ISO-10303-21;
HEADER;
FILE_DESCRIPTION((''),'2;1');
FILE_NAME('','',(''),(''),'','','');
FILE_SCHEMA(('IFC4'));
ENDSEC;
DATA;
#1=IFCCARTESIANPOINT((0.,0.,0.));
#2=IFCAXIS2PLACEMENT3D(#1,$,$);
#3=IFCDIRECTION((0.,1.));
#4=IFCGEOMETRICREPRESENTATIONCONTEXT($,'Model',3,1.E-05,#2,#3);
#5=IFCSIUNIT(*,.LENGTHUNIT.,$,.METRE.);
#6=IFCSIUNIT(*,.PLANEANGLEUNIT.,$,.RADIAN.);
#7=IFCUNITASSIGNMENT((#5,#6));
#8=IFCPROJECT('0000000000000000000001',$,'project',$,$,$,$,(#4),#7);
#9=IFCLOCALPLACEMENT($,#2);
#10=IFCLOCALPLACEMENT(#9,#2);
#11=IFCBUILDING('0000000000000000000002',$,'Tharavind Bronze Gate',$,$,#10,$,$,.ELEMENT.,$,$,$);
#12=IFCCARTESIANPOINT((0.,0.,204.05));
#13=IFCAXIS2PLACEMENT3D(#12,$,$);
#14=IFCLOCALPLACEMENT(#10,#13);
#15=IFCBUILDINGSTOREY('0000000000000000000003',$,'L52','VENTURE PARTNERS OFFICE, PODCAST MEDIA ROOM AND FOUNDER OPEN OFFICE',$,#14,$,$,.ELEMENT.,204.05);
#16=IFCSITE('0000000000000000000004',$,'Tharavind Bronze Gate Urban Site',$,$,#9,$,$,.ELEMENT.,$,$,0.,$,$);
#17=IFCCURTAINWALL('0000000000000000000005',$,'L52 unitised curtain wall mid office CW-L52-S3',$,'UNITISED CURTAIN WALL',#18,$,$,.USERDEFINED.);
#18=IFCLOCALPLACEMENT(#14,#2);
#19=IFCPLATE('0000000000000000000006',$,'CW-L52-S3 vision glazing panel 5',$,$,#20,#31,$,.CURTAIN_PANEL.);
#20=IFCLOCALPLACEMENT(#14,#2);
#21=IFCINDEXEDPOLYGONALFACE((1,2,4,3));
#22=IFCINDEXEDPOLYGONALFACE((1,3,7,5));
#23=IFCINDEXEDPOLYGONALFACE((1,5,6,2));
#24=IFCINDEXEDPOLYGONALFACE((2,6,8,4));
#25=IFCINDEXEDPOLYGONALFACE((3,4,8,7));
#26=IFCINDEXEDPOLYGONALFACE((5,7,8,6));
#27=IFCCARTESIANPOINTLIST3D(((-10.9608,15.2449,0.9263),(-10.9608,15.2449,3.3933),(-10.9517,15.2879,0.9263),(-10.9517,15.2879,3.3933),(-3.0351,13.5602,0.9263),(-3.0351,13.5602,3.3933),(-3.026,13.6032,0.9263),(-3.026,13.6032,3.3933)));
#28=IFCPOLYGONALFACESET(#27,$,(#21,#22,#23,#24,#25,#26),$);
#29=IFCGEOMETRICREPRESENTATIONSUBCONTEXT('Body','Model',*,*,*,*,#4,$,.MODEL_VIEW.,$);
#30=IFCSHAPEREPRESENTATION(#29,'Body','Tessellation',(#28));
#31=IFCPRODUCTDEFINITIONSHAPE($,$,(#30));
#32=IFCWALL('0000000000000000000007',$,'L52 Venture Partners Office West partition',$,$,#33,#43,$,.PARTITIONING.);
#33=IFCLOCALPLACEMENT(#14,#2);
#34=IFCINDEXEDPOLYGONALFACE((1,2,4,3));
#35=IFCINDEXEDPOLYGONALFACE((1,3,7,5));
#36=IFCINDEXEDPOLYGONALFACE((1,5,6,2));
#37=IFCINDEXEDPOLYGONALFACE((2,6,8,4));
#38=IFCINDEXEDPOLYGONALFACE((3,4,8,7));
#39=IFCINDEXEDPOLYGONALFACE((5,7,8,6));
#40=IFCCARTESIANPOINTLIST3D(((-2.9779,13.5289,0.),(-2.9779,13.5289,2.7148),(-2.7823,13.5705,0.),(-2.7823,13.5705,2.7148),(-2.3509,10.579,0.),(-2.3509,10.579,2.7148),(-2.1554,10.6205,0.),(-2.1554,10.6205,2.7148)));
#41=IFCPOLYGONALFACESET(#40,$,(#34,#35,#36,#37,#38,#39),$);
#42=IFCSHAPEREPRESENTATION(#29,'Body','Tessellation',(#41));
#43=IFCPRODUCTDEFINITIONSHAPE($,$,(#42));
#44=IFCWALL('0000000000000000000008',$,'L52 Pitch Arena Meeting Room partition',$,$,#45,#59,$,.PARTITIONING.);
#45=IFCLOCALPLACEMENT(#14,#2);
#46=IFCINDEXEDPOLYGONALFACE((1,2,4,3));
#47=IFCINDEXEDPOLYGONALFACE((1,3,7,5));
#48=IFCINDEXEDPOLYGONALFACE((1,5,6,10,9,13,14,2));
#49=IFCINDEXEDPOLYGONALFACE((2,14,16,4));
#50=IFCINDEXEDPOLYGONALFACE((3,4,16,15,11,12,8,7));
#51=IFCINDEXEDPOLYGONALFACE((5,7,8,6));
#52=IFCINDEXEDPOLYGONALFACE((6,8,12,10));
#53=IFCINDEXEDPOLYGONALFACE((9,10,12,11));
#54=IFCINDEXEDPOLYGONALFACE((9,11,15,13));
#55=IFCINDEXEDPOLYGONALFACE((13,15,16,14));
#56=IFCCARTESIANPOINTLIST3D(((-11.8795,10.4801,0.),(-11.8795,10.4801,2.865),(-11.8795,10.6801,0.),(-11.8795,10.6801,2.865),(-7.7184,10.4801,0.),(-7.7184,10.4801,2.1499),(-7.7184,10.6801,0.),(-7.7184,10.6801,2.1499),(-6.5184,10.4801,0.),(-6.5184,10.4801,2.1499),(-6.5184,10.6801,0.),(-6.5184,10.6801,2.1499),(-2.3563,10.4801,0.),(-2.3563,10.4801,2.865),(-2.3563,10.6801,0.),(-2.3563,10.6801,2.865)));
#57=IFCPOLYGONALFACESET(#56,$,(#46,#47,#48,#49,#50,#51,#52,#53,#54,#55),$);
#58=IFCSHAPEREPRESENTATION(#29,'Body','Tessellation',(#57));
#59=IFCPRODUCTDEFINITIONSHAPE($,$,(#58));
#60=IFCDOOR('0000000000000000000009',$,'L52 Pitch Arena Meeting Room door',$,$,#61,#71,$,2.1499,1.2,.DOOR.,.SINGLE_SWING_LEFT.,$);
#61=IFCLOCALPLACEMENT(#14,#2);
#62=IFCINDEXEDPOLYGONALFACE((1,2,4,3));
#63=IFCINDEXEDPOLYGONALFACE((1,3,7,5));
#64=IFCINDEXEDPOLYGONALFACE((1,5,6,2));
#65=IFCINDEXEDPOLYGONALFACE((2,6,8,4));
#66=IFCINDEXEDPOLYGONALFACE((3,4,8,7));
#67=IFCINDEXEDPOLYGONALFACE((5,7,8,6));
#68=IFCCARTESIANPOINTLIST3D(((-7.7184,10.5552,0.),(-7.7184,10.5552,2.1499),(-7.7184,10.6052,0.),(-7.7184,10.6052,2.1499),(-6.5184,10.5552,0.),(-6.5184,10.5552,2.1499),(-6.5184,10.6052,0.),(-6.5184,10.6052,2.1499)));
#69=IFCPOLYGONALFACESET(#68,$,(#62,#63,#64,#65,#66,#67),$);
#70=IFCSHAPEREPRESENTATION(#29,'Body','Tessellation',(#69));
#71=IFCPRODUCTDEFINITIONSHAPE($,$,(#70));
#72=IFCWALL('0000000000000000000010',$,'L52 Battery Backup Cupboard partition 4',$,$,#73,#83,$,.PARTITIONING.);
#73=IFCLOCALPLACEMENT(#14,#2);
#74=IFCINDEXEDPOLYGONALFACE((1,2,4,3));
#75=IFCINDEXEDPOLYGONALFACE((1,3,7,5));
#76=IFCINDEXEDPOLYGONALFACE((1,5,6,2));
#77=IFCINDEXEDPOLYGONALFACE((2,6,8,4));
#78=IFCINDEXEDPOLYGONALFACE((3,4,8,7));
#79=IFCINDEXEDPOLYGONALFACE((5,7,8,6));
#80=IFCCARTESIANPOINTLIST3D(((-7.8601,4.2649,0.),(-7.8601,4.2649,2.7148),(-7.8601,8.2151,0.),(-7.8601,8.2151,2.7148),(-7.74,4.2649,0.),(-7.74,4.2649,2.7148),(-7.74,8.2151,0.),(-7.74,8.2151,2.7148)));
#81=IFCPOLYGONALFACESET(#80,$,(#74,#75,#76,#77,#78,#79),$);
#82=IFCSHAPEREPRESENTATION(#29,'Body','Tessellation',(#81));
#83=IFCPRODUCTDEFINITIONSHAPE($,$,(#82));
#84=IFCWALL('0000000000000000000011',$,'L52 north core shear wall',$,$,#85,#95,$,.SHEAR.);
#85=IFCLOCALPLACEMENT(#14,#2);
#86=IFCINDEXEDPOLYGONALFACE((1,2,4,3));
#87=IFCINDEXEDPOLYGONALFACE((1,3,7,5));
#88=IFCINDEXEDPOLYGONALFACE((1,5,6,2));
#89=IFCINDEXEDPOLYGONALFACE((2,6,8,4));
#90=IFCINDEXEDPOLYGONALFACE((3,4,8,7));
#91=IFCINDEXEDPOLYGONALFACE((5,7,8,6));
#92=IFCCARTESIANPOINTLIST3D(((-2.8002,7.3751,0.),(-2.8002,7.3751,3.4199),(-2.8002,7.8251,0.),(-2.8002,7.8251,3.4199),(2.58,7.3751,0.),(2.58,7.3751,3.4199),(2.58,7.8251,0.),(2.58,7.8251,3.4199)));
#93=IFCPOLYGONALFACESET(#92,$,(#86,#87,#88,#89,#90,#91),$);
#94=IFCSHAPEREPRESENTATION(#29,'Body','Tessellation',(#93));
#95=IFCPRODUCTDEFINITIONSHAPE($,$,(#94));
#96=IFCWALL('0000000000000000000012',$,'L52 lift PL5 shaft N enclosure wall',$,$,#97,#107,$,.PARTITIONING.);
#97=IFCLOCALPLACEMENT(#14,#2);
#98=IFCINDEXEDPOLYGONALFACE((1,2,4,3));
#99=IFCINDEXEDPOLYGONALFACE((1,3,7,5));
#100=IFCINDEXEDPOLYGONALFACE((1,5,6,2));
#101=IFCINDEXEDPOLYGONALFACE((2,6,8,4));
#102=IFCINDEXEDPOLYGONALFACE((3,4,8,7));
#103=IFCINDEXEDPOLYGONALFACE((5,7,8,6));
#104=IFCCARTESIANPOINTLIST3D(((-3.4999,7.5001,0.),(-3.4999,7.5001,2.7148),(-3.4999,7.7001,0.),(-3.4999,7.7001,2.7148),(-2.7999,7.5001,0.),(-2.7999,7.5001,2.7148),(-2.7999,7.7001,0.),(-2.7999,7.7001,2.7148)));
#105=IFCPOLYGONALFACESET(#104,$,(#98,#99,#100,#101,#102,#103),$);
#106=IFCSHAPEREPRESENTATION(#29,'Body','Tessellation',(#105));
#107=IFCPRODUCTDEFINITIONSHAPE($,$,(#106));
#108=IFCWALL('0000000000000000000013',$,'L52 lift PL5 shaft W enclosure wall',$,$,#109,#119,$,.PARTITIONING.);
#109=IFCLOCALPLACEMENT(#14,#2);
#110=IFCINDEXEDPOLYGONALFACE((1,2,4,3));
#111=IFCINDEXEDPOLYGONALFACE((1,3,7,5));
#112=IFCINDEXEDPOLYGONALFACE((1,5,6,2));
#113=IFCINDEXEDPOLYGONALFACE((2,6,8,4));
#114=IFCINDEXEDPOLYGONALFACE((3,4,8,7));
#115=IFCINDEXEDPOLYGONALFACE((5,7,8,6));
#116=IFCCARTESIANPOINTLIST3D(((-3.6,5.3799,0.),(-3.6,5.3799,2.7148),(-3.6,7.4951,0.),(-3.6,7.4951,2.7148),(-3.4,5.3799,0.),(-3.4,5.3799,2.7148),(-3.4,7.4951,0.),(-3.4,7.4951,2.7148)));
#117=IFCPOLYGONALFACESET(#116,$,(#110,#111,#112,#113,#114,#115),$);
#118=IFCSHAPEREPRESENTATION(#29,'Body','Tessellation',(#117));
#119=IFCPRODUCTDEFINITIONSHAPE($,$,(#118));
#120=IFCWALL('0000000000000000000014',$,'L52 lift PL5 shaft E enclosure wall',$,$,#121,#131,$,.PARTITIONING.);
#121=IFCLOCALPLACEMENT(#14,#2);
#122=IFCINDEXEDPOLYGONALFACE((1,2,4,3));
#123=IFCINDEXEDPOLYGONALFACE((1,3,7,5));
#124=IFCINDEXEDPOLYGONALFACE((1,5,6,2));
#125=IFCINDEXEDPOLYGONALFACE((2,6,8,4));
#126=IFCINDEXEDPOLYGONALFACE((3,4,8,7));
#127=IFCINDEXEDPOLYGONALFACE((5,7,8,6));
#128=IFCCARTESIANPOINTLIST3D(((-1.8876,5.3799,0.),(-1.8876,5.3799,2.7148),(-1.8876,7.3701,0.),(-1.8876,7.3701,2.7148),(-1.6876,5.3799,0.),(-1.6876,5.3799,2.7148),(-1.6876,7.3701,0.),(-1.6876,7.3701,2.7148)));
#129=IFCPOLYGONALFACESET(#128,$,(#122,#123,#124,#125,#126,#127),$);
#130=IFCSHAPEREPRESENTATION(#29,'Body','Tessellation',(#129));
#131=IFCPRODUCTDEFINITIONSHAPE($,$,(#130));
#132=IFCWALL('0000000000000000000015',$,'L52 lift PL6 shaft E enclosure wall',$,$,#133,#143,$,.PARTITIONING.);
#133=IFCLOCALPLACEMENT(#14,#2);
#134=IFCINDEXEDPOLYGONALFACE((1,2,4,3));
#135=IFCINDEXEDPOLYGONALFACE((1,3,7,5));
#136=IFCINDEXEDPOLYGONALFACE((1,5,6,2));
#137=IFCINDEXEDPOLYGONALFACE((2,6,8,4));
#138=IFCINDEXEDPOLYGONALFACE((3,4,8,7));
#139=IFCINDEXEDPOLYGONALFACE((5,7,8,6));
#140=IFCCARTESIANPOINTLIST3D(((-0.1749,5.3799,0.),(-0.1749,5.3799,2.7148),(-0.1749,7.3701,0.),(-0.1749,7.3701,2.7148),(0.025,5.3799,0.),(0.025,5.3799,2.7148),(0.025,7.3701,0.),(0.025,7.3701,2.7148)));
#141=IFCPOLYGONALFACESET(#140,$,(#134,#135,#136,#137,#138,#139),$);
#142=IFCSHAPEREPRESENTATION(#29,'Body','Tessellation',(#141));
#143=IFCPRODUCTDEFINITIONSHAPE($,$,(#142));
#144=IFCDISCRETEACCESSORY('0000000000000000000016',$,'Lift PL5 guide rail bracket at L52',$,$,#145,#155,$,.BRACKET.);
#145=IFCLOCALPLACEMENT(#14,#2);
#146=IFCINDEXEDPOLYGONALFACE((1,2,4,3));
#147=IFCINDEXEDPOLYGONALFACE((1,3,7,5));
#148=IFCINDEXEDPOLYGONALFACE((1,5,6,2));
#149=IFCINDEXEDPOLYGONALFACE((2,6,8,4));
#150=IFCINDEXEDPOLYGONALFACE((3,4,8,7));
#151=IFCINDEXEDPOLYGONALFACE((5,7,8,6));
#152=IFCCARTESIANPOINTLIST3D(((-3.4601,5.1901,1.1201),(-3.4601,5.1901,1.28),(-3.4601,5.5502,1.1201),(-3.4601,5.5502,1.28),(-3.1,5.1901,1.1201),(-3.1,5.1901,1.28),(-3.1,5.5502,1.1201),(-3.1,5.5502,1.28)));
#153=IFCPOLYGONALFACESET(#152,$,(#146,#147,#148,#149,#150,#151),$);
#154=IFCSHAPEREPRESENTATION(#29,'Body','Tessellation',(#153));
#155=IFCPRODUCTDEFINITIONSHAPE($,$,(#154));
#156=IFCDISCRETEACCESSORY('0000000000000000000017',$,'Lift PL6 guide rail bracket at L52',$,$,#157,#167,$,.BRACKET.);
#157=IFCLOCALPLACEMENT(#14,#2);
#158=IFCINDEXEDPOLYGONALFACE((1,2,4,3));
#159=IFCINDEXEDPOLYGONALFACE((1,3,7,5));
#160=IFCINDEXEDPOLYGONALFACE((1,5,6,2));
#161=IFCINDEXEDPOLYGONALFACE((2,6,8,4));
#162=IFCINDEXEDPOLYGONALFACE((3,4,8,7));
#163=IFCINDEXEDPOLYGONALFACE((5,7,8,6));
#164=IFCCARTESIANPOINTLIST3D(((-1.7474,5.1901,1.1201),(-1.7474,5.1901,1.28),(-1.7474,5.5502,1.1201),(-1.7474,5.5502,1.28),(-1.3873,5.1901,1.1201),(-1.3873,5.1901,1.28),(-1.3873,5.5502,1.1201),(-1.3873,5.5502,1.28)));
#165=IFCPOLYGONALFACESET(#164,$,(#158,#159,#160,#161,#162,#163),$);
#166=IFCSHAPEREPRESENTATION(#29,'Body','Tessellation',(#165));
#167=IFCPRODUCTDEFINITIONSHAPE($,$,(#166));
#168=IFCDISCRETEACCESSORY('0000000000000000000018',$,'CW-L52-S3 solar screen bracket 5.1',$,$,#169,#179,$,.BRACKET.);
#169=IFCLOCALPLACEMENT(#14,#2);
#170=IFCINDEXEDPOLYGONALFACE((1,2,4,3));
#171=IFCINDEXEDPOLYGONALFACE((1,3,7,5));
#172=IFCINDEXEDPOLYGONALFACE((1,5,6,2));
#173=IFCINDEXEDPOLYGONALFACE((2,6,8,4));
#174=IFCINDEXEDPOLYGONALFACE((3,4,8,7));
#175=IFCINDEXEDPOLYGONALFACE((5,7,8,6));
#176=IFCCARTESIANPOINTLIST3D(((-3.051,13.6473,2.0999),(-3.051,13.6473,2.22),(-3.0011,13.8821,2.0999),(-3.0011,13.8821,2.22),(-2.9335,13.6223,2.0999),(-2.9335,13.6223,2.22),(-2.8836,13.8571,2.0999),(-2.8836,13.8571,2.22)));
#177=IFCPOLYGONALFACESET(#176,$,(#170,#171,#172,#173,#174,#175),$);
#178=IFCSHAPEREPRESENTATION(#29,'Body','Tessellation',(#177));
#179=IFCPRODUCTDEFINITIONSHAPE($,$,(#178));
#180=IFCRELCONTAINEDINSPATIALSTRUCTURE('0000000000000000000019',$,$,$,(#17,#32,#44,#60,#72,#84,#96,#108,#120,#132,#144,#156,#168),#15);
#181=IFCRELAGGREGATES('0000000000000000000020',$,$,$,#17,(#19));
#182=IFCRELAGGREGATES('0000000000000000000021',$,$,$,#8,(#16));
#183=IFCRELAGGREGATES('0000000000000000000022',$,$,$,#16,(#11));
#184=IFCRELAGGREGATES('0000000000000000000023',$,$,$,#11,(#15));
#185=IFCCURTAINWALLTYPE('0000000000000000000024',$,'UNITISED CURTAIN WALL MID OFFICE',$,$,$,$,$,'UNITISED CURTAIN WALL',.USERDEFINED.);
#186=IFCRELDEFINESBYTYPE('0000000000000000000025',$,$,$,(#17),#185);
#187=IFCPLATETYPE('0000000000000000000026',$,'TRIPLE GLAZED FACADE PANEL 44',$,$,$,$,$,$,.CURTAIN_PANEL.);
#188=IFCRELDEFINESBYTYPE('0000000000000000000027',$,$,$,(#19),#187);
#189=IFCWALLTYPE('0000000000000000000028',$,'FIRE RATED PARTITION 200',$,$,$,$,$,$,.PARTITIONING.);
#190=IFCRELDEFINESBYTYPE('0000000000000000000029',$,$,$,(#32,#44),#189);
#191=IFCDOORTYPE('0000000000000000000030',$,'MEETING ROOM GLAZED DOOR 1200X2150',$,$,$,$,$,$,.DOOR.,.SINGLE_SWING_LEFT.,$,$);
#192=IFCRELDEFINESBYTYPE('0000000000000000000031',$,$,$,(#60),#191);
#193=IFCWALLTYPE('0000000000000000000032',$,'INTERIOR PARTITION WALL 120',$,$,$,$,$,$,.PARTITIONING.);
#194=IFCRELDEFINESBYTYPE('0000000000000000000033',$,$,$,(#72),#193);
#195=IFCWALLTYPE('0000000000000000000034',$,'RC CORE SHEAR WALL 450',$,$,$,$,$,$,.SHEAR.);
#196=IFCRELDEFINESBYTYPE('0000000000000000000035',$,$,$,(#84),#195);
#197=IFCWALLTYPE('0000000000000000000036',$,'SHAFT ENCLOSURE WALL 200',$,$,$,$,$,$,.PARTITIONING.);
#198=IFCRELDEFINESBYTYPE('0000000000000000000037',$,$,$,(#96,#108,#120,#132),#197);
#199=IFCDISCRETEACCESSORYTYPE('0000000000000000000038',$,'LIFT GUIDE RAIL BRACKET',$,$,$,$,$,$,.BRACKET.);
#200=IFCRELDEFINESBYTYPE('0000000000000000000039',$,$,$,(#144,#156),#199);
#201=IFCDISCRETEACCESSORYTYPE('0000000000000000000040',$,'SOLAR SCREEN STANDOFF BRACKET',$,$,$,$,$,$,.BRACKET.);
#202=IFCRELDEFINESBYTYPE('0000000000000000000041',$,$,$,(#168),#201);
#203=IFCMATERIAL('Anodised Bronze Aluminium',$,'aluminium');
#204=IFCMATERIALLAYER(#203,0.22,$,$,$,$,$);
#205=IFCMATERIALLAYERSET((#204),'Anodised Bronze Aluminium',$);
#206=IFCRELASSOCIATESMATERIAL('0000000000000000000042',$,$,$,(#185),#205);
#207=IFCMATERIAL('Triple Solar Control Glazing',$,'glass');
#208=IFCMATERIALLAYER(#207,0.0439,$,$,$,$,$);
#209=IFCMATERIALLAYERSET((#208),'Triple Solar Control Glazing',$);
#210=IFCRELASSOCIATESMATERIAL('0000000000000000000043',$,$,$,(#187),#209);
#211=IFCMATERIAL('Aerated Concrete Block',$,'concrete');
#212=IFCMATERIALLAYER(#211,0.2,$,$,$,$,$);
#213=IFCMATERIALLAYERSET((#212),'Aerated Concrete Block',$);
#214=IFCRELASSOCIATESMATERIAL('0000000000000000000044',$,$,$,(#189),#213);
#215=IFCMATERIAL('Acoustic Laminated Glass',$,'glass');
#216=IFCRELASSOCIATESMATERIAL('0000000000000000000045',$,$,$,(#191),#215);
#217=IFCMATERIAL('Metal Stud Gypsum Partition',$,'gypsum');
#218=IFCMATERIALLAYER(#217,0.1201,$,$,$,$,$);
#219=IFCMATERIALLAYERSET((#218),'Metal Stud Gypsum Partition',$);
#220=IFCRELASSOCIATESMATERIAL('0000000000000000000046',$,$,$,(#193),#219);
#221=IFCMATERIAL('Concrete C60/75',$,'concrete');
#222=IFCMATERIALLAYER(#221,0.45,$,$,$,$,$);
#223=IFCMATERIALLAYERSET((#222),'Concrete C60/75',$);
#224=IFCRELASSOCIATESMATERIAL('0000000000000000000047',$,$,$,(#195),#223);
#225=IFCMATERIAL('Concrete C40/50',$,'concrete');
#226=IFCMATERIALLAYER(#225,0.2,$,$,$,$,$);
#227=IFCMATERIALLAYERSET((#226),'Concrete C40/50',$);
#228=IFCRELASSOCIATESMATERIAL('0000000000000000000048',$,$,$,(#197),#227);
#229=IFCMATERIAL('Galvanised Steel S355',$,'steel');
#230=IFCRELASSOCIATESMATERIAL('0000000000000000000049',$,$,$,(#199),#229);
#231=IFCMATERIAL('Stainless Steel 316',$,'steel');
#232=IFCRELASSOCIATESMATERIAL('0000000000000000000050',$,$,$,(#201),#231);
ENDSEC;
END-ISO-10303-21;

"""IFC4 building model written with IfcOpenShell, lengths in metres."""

from ifc_helpers import new_model, si_unit, direction, frame, frame_2d, origin, origin_2d, place, context, subcontext, project, spatial, rectangle, extrude, material, layer, layer_set, type_object, element, fill, aggregate, save


model = new_model("IFC4")

# Units and contexts
model_context = context("Model", 3, precision=1e-05, world=origin(), true_north=direction((0.0, 1.0)))
body_context = subcontext(model_context, "Body", "Model", "MODEL_VIEW")
ifc_project = project(units=[si_unit("LENGTHUNIT", "METRE"), si_unit("PLANEANGLEUNIT", "RADIAN")], contexts=[model_context])

# Site, building, storey
site_placement = place(None, origin())
site = spatial("IfcSite", under=ifc_project, at=site_placement, Name="Tharavind Bronze Gate Urban Site", CompositionType="ELEMENT", RefElevation=0.0)
building_placement = place(site_placement, origin())
building = spatial("IfcBuilding", under=site, at=building_placement, Name="Tharavind Bronze Gate", CompositionType="ELEMENT")
storey_placement = place(building_placement, frame((0.0, 0.0, 204.05)))
storey = spatial("IfcBuildingStorey", under=building, at=storey_placement, Name="L52", Description="VENTURE PARTNERS OFFICE, PODCAST MEDIA ROOM AND FOUNDER OPEN OFFICE", CompositionType="ELEMENT", Elevation=204.05)

# Curtain wall
ifc_material_1 = material(Name="Anodised Bronze Aluminium", Category="aluminium")
ifc_layer_1 = layer(ifc_material_1, 0.22)
ifc_layer_set_1 = layer_set([ifc_layer_1], Name="Anodised Bronze Aluminium")
curtain_wall_type = type_object("IfcCurtainWallType", Name="UNITISED CURTAIN WALL MID OFFICE", ElementType="UNITISED CURTAIN WALL", PredefinedType="USERDEFINED", material=ifc_layer_set_1)
curtain_wall_placement = place(storey_placement, origin())
curtain_wall = element("IfcCurtainWall", 1, at=curtain_wall_placement, inside=storey, type_object=curtain_wall_type, Name="L52 unitised curtain wall mid office CW-L52-S3", ObjectType="UNITISED CURTAIN WALL", PredefinedType="USERDEFINED")

# Plate
ifc_material_2 = material(Name="Triple Solar Control Glazing", Category="glass")
ifc_layer_2 = layer(ifc_material_2, 0.0439)
ifc_layer_set_2 = layer_set([ifc_layer_2], Name="Triple Solar Control Glazing")
plate_type_1 = type_object("IfcPlateType", Name="TRIPLE GLAZED FACADE PANEL 44", PredefinedType="CURTAIN_PANEL", material=ifc_layer_set_2)
plate_1_placement = place(storey_placement, frame((-6.9934, 14.4241, 0.9263), z_axis=(0.0, 0.0, 1.0), x_axis=(-0.978148, 0.207912, 0.0)))
plate_1 = element("IfcPlate", 2, at=plate_1_placement, type_object=plate_type_1, Name="CW-L52-S3 vision glazing panel 5", PredefinedType="CURTAIN_PANEL", context=body_context, shape_type="SweptSolid", body=[
    extrude(rectangle(XDim=8.1028, YDim=0.0439, at=origin_2d()), origin(), (0.0, 0.0, 1.0), 2.467),
])
aggregate(curtain_wall, [plate_1])

# Wall
ifc_material_3 = material(Name="Aerated Concrete Block", Category="concrete")
ifc_layer_3 = layer(ifc_material_3, 0.2)
ifc_layer_set_3 = layer_set([ifc_layer_3], Name="Aerated Concrete Block")
wall_type_1 = type_object("IfcWallType", Name="FIRE RATED PARTITION 200", PredefinedType="PARTITIONING", material=ifc_layer_set_3)
wall_1_placement = place(storey_placement, frame((-2.2532, 10.5999, 0.0), z_axis=(0.0, 0.0, 1.0), x_axis=(-0.207887, 0.978153, 0.0)))
element("IfcWall", 3, at=wall_1_placement, inside=storey, type_object=wall_type_1, Name="L52 Venture Partners Office West partition", PredefinedType="PARTITIONING", context=body_context, shape_type="SweptSolid", body=[
    extrude(rectangle(XDim=3.0159, YDim=0.2, at=frame_2d((1.5078, 0.0))), origin(), (0.0, 0.0, 1.0), 2.7148),
])

# Wall, opening, door
wall_2_placement = place(storey_placement, frame((-2.3562, 10.5801, 0.0), z_axis=(0.0, 0.0, 1.0), x_axis=(-1.0, 0.0, 0.0)))
wall_2 = element("IfcWall", 4, at=wall_2_placement, inside=storey, type_object=wall_type_1, Name="L52 Pitch Arena Meeting Room partition", PredefinedType="PARTITIONING", context=body_context, shape_type="SweptSolid", body=[
    extrude(rectangle(XDim=9.5232, YDim=0.2, at=frame_2d((4.7617, 0.0))), origin(), (0.0, 0.0, 1.0), 2.865),
])
opening_placement = place(wall_2_placement, frame((4.1621, 0.0, 0.0)))
opening = element("IfcOpeningElement", 5, at=opening_placement, cuts=wall_2, PredefinedType="OPENING", context=body_context, shape_type="SweptSolid", body=[
    extrude(rectangle(XDim=1.2, YDim=2.1499, at=frame_2d((0.6001, 1.075))), frame((0.0, 0.1101, 0.0), z_axis=(0.0, -1.0, 0.0), x_axis=(1.0, 0.0, 0.0)), (0.0, 0.0, 1.0), 0.22),
])
ifc_material_4 = material(Name="Acoustic Laminated Glass", Category="glass")
door_type = type_object("IfcDoorType", Name="MEETING ROOM GLAZED DOOR 1200X2150", OperationType="SINGLE_SWING_LEFT", PredefinedType="DOOR", material=ifc_material_4)
door_placement = place(opening_placement, origin())
door = element("IfcDoor", 6, at=door_placement, inside=storey, type_object=door_type, Name="L52 Pitch Arena Meeting Room door", OperationType="SINGLE_SWING_LEFT", OverallHeight=2.1499, OverallWidth=1.2, PredefinedType="DOOR", context=body_context, shape_type="SweptSolid", body=[
    extrude(rectangle(XDim=1.2, YDim=2.1499, at=frame_2d((0.6001, 1.075))), frame((0.0, 0.0249, 0.0), z_axis=(0.0, -1.0, 0.0), x_axis=(1.0, 0.0, 0.0)), (0.0, 0.0, 1.0), 0.05),
])
fill(opening, door)

# Walls
ifc_material_5 = material(Name="Metal Stud Gypsum Partition", Category="gypsum")
ifc_layer_4 = layer(ifc_material_5, 0.1201)
ifc_layer_set_4 = layer_set([ifc_layer_4], Name="Metal Stud Gypsum Partition")
wall_type_2 = type_object("IfcWallType", Name="INTERIOR PARTITION WALL 120", PredefinedType="PARTITIONING", material=ifc_layer_set_4)
wall_3_placement = place(storey_placement, frame((-7.8, 8.2151, 0.0), z_axis=(0.0, 0.0, 1.0), x_axis=(0.0, -1.0, 0.0)))
element("IfcWall", 7, at=wall_3_placement, inside=storey, type_object=wall_type_2, Name="L52 Battery Backup Cupboard partition 4", PredefinedType="PARTITIONING", context=body_context, shape_type="SweptSolid", body=[
    extrude(rectangle(XDim=3.9502, YDim=0.1201, at=frame_2d((1.9751, 0.0))), origin(), (0.0, 0.0, 1.0), 2.7148),
])
ifc_material_6 = material(Name="Concrete C60/75", Category="concrete")
ifc_layer_5 = layer(ifc_material_6, 0.45)
ifc_layer_set_5 = layer_set([ifc_layer_5], Name="Concrete C60/75")
wall_type_3 = type_object("IfcWallType", Name="RC CORE SHEAR WALL 450", PredefinedType="SHEAR", material=ifc_layer_set_5)
wall_4_placement = place(storey_placement, frame((-2.8, 7.6001, 0.0), z_axis=(0.0, 0.0, 1.0), x_axis=(1.0, 0.0, 0.0)))
element("IfcWall", 8, at=wall_4_placement, inside=storey, type_object=wall_type_3, Name="L52 north core shear wall", PredefinedType="SHEAR", context=body_context, shape_type="SweptSolid", body=[
    extrude(rectangle(XDim=5.3801, YDim=0.45, at=frame_2d((2.6899, 0.0))), origin(), (0.0, 0.0, 1.0), 3.4199),
])
ifc_material_7 = material(Name="Concrete C40/50", Category="concrete")
ifc_layer_6 = layer(ifc_material_7, 0.2)
ifc_layer_set_6 = layer_set([ifc_layer_6], Name="Concrete C40/50")
wall_type_4 = type_object("IfcWallType", Name="SHAFT ENCLOSURE WALL 200", PredefinedType="PARTITIONING", material=ifc_layer_set_6)
wall_5_placement = place(storey_placement, frame((-3.5, 7.6001, 0.0), z_axis=(0.0, 0.0, 1.0), x_axis=(1.0, 0.0, 0.0)))
element("IfcWall", 9, at=wall_5_placement, inside=storey, type_object=wall_type_4, Name="L52 lift PL5 shaft N enclosure wall", PredefinedType="PARTITIONING", context=body_context, shape_type="SweptSolid", body=[
    extrude(rectangle(XDim=0.7, YDim=0.2, at=frame_2d((0.3501, 0.0))), origin(), (0.0, 0.0, 1.0), 2.7148),
])
wall_6_placement = place(storey_placement, frame((-3.5, 5.3799, 0.0), z_axis=(0.0, 0.0, 1.0), x_axis=(0.0, 1.0, 0.0)))
element("IfcWall", 10, at=wall_6_placement, inside=storey, type_object=wall_type_4, Name="L52 lift PL5 shaft W enclosure wall", PredefinedType="PARTITIONING", context=body_context, shape_type="SweptSolid", body=[
    extrude(rectangle(XDim=2.1152, YDim=0.2, at=frame_2d((1.0576, 0.0))), origin(), (0.0, 0.0, 1.0), 2.7148),
])
for number, where, z_axis, x_axis, name in (
    (11, (-1.7876, 5.3799, 0.0), (0.0, 0.0, 1.0), (0.0, 1.0, 0.0), "L52 lift PL5 shaft E enclosure wall"),
    (12, (-0.075, 5.3799, 0.0), (0.0, 0.0, 1.0), (0.0, 1.0, 0.0), "L52 lift PL6 shaft E enclosure wall"),
):
    element("IfcWall", number, at=place(storey_placement, frame(where, z_axis=z_axis, x_axis=x_axis)), inside=storey, type_object=wall_type_4, Name=name, PredefinedType="PARTITIONING", context=body_context, shape_type="SweptSolid", body=[
        extrude(rectangle(XDim=1.9902, YDim=0.2, at=frame_2d((0.9951, 0.0))), origin(), (0.0, 0.0, 1.0), 2.7148),
    ])

# Discrete accessories
ifc_material_8 = material(Name="Galvanised Steel S355", Category="steel")
discrete_accessory_type_1 = type_object("IfcDiscreteAccessoryType", Name="LIFT GUIDE RAIL BRACKET", PredefinedType="BRACKET", material=ifc_material_8)
for number, where, z_axis, x_axis, name in (
    (13, (-3.28, 5.3701, 1.1201), (0.0, 0.0, 1.0), (1.0, 0.0, 0.0), "Lift PL5 guide rail bracket at L52"),
    (14, (-1.5674, 5.3701, 1.1201), (0.0, 0.0, 1.0), (1.0, 0.0, 0.0), "Lift PL6 guide rail bracket at L52"),
):
    element("IfcDiscreteAccessory", number, at=place(storey_placement, frame(where, z_axis=z_axis, x_axis=x_axis)), inside=storey, type_object=discrete_accessory_type_1, Name=name, PredefinedType="BRACKET", context=body_context, shape_type="SweptSolid", body=[
        extrude(rectangle(XDim=0.3601, YDim=0.3601, at=origin_2d()), origin(), (0.0, 0.0, 1.0), 0.1599),
    ])
ifc_material_9 = material(Name="Stainless Steel 316", Category="steel")
discrete_accessory_type_2 = type_object("IfcDiscreteAccessoryType", Name="SOLAR SCREEN STANDOFF BRACKET", PredefinedType="BRACKET", material=ifc_material_9)
discrete_accessory_placement = place(storey_placement, frame((-2.9673, 13.7522, 2.0999), z_axis=(0.0, 0.0, 1.0), x_axis=(-0.978148, 0.207912, 0.0)))
element("IfcDiscreteAccessory", 15, at=discrete_accessory_placement, inside=storey, type_object=discrete_accessory_type_2, Name="CW-L52-S3 solar screen bracket 5.1", PredefinedType="BRACKET", context=body_context, shape_type="SweptSolid", body=[
    extrude(rectangle(XDim=0.1201, YDim=0.24, at=origin_2d()), origin(), (0.0, 0.0, 1.0), 0.1201),
])

save(model, "model.ifc")
